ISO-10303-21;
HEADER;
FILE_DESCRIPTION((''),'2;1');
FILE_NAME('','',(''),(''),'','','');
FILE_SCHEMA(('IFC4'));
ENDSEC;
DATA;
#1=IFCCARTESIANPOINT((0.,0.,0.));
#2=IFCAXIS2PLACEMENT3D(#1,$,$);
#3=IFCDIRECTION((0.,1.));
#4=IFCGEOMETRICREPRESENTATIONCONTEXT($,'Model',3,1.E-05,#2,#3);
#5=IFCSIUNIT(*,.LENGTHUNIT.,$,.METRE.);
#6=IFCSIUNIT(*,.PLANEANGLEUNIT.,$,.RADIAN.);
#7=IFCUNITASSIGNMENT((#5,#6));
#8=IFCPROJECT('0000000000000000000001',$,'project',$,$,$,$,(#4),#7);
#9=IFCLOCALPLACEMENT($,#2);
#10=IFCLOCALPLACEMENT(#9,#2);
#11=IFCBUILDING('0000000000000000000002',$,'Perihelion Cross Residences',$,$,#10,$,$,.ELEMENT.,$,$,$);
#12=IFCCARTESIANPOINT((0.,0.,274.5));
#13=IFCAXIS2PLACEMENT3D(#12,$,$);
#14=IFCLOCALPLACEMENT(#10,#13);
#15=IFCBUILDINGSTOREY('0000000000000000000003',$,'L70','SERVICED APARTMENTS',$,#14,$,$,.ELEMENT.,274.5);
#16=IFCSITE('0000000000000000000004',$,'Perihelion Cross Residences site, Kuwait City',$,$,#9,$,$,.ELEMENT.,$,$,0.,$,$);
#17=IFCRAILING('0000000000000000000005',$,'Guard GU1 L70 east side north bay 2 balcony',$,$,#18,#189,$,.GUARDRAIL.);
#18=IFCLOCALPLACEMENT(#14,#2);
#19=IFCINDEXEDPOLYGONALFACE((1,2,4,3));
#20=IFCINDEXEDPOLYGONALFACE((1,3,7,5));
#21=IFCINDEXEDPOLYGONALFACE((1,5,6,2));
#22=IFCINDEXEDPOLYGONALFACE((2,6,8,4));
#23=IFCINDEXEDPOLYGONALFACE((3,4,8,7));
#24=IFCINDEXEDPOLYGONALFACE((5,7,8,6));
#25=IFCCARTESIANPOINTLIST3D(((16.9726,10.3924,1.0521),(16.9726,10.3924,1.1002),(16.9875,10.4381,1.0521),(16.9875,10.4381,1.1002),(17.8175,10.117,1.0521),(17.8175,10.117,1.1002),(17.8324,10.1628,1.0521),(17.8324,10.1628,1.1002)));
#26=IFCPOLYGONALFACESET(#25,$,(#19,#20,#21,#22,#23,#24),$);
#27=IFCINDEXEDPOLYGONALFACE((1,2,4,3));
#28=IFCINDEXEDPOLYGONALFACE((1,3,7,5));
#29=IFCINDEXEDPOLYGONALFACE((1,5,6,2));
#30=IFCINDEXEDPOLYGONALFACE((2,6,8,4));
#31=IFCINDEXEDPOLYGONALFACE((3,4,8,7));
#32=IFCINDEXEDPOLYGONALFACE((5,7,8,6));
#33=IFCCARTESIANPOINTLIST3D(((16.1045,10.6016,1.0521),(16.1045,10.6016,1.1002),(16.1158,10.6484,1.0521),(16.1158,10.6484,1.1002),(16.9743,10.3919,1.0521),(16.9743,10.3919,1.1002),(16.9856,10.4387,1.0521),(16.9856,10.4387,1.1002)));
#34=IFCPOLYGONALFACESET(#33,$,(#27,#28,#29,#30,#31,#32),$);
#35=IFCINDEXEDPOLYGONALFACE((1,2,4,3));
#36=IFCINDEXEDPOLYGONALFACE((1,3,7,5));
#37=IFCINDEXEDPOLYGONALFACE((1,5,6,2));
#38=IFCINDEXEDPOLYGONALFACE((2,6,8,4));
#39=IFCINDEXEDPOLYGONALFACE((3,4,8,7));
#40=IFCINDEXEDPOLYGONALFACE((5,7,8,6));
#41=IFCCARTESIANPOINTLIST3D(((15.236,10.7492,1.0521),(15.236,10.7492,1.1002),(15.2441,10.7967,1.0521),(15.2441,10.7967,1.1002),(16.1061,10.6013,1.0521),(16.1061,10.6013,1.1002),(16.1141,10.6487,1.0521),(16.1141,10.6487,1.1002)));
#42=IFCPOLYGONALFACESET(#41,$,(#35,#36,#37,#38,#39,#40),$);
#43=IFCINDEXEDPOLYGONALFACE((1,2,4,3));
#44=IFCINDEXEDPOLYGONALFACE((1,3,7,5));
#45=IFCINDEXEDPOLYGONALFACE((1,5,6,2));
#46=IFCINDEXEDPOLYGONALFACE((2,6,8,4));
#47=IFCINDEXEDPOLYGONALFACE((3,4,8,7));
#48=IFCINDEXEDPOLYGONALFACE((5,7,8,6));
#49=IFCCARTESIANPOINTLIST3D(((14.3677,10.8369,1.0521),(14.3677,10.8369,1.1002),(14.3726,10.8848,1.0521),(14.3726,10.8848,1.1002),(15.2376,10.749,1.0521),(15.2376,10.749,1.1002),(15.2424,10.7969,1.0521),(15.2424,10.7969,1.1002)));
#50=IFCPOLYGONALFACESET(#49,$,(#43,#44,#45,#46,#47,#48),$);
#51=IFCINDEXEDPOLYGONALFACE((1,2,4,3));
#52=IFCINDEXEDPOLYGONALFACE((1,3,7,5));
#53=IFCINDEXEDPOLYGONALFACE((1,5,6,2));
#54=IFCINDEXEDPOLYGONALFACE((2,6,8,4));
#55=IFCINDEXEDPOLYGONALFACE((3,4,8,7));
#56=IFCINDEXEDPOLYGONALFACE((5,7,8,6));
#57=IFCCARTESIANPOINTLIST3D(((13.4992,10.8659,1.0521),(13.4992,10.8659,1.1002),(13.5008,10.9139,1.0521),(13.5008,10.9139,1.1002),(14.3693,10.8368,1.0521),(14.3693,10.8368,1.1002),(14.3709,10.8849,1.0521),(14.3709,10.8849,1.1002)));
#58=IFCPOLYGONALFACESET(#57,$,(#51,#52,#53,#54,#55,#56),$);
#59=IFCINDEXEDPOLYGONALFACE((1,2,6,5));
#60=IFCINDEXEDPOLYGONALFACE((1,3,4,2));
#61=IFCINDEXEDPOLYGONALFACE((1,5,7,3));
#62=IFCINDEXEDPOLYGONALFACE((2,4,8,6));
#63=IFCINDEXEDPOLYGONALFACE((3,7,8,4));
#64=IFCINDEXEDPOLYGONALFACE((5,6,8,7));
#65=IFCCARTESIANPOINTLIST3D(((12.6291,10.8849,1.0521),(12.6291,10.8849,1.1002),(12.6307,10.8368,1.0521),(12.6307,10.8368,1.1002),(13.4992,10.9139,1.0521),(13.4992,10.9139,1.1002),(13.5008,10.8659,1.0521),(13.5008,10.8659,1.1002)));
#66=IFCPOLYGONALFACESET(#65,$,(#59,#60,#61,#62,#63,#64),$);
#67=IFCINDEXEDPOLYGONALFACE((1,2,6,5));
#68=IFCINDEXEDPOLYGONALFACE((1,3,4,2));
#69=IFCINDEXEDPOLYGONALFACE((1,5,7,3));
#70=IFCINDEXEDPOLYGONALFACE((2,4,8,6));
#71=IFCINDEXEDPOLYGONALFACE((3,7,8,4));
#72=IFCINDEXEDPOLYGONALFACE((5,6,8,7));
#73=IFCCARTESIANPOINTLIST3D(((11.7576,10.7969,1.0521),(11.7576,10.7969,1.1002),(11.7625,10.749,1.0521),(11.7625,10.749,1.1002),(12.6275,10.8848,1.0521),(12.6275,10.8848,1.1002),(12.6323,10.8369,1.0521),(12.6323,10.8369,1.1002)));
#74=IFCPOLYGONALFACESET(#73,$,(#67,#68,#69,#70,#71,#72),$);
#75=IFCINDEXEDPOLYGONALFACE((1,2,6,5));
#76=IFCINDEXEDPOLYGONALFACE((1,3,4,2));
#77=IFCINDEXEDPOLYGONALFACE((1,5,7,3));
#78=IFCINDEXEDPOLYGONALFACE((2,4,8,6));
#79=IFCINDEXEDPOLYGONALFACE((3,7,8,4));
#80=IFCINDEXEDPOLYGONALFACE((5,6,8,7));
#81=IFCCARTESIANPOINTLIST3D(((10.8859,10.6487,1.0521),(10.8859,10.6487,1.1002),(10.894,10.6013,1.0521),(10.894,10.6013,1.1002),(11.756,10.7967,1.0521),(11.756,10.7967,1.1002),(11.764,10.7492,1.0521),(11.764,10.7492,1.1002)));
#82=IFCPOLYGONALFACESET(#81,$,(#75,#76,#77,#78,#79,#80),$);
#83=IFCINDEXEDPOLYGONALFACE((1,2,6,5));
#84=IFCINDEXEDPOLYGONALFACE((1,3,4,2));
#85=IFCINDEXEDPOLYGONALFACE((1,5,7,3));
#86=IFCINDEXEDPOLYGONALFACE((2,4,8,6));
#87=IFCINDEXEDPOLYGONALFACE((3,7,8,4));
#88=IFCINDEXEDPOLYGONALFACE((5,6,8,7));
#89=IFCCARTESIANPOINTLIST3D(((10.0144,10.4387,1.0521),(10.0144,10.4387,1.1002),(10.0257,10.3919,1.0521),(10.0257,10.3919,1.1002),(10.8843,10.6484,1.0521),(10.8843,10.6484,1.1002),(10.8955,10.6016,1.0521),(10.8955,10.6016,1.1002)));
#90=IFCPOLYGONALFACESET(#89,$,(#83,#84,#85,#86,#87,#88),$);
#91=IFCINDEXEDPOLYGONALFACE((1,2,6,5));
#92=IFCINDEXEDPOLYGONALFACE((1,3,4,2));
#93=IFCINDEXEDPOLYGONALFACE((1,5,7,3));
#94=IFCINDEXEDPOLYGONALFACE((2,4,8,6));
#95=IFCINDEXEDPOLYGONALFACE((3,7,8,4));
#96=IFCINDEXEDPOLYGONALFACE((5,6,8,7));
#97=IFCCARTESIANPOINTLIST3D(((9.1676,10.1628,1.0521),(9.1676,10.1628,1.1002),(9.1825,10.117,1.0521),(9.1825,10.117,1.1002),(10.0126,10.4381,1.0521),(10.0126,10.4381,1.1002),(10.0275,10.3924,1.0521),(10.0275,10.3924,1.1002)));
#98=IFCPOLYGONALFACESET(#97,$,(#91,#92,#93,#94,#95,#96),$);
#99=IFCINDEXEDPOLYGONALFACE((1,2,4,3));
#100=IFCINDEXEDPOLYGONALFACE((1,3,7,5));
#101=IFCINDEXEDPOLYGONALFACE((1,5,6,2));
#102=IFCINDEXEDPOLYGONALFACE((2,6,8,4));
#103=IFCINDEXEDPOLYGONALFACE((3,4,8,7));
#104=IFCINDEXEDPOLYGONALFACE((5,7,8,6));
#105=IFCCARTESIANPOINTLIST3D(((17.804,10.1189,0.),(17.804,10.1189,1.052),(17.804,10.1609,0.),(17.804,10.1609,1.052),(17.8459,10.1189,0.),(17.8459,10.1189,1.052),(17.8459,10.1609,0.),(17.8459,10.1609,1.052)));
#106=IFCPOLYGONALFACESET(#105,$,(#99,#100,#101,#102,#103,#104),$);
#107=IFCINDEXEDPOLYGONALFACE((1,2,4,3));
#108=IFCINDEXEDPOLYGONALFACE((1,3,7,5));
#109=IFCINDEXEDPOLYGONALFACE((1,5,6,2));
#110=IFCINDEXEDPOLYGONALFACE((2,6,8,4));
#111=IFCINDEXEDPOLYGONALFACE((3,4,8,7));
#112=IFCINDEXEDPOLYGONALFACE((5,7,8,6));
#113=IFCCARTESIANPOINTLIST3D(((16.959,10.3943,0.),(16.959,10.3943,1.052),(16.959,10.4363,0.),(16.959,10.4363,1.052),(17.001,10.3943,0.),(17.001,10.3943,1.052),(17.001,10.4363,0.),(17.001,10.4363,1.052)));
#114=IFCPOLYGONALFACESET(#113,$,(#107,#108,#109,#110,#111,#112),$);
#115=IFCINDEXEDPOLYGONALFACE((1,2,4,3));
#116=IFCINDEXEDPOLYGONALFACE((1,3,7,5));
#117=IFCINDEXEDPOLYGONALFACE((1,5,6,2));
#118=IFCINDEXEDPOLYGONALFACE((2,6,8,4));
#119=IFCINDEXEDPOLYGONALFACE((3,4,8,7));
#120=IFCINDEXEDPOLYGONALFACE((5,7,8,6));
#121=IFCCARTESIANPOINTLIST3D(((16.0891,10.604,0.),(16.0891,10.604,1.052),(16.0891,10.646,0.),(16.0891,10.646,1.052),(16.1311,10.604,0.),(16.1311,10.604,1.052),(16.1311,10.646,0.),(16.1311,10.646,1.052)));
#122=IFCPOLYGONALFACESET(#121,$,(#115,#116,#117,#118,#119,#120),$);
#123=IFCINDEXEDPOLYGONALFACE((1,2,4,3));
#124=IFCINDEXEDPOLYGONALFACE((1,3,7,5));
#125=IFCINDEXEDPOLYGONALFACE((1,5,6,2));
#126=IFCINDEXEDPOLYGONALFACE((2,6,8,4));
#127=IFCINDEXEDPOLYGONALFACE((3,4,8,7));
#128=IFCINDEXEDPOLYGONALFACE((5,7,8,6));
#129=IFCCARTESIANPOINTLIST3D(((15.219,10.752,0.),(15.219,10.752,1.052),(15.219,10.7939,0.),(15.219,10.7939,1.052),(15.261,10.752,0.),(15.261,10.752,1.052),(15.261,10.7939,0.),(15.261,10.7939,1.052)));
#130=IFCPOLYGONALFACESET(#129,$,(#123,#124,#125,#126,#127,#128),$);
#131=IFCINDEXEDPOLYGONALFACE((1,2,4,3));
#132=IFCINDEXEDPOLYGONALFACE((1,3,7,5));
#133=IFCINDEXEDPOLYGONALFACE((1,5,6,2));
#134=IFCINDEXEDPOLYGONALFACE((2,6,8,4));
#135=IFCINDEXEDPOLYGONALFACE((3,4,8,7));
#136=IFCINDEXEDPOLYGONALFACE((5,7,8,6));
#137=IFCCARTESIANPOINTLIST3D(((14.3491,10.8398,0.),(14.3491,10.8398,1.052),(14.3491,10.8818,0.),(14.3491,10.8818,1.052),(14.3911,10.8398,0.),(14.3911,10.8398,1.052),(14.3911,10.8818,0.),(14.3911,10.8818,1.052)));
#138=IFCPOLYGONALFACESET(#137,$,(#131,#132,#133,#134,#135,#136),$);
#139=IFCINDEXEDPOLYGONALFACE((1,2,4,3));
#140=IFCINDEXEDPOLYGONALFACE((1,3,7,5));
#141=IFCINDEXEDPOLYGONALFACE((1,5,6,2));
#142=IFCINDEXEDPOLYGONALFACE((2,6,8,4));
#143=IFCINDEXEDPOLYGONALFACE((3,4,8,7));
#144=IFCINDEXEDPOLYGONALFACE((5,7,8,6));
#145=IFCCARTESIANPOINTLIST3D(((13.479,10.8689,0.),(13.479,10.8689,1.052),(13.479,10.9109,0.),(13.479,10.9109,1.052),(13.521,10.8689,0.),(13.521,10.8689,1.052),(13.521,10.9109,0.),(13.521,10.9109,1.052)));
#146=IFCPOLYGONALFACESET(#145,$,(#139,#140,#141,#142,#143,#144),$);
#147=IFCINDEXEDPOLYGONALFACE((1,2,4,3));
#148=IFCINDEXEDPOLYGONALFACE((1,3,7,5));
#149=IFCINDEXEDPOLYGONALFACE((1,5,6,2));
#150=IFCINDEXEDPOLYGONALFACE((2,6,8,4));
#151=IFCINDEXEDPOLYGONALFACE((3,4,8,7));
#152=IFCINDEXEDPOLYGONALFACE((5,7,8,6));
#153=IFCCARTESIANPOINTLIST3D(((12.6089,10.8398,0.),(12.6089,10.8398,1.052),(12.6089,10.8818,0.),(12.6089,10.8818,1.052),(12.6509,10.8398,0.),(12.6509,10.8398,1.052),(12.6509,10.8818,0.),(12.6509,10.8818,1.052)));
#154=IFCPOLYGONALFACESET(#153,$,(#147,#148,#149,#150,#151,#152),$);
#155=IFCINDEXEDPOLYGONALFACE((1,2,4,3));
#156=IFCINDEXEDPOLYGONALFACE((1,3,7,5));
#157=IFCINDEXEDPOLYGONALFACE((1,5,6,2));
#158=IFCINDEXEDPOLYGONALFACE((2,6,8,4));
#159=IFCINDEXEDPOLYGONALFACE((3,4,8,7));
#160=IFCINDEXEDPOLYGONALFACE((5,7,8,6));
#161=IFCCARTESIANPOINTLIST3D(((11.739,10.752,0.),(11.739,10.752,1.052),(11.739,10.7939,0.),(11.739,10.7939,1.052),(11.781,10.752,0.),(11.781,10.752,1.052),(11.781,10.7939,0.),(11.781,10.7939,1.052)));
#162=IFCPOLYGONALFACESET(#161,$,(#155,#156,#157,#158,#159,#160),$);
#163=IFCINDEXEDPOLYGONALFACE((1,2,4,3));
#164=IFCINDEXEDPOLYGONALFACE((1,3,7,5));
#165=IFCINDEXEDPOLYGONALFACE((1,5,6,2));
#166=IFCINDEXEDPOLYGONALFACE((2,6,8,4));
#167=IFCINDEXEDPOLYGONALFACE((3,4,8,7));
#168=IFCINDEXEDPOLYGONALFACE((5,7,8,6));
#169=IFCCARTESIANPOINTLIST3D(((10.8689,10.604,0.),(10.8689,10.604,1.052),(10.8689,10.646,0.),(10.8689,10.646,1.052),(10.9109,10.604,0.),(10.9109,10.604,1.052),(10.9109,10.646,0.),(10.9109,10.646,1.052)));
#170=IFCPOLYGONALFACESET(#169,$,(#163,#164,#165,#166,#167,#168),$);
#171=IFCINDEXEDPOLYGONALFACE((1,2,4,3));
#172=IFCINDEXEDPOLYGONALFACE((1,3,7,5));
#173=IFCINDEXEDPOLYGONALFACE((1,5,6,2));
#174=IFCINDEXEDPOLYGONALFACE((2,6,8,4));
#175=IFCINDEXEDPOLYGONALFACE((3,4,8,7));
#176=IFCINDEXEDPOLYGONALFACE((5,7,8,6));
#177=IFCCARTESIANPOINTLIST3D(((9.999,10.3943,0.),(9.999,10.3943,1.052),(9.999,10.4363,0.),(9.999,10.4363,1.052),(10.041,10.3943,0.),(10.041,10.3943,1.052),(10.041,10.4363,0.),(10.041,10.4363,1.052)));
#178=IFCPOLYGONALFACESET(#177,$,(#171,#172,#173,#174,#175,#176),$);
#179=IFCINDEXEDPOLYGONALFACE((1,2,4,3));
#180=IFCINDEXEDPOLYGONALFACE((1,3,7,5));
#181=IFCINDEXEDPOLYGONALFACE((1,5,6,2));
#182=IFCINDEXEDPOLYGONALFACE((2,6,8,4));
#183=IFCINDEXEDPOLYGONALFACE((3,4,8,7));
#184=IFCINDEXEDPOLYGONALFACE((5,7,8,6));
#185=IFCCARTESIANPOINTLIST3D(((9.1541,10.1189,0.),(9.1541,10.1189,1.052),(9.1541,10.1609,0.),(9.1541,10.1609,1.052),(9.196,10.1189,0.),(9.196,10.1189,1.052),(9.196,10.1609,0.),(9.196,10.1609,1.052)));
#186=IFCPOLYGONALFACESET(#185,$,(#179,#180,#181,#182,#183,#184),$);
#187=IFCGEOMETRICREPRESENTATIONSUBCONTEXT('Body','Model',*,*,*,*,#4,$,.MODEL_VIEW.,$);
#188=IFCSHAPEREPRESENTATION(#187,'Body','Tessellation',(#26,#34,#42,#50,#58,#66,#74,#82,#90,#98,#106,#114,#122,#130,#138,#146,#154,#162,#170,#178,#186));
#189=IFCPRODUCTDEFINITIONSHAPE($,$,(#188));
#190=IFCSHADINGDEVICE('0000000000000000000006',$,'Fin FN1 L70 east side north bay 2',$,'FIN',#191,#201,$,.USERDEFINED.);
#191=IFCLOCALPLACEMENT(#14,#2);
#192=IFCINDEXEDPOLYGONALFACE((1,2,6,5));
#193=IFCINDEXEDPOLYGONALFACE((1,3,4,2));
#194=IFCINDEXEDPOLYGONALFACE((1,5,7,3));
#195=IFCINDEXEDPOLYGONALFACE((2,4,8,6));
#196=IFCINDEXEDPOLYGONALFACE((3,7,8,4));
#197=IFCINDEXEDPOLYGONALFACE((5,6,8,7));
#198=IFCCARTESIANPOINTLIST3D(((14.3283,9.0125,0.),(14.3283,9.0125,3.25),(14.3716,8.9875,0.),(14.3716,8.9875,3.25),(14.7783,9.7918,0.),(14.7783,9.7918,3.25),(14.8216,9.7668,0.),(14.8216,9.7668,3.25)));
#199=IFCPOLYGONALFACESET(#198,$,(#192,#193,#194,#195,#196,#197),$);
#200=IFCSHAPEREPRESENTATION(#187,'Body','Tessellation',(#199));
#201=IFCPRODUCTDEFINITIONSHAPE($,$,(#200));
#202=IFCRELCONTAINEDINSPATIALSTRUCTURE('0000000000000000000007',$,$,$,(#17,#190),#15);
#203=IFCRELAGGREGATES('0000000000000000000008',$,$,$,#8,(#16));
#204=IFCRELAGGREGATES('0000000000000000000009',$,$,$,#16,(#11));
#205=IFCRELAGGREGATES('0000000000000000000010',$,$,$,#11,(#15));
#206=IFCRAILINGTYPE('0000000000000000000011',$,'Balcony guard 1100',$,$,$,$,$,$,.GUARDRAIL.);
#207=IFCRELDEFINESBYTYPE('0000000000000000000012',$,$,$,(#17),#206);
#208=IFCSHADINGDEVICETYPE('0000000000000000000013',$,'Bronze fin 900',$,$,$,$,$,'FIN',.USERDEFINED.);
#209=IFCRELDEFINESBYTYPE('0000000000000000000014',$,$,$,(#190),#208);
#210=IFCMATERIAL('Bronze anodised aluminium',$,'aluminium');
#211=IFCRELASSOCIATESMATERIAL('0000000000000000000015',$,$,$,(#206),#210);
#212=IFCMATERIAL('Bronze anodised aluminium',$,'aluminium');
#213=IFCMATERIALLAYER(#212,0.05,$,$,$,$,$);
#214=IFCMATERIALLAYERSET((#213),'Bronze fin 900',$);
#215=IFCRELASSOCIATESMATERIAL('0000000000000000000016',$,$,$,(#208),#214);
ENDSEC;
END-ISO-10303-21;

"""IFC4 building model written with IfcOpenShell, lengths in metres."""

from ifc_helpers import new_model, si_unit, direction, frame, origin, origin_2d, place, context, subcontext, project, spatial, rectangle, extrude, material, layer, layer_set, type_object, element, save


model = new_model("IFC4")

# Units and contexts
model_context = context("Model", 3, precision=1e-05, world=origin(), true_north=direction((0.0, 1.0)))
body_context = subcontext(model_context, "Body", "Model", "MODEL_VIEW")
ifc_project = project(units=[si_unit("LENGTHUNIT", "METRE"), si_unit("PLANEANGLEUNIT", "RADIAN")], contexts=[model_context])

# Site, building, storey
site_placement = place(None, origin())
site = spatial("IfcSite", under=ifc_project, at=site_placement, Name="Perihelion Cross Residences site, Kuwait City", CompositionType="ELEMENT", RefElevation=0.0)
building_placement = place(site_placement, origin())
building = spatial("IfcBuilding", under=site, at=building_placement, Name="Perihelion Cross Residences", CompositionType="ELEMENT")
storey_placement = place(building_placement, frame((0.0, 0.0, 274.5)))
storey = spatial("IfcBuildingStorey", under=building, at=storey_placement, Name="L70", Description="SERVICED APARTMENTS", CompositionType="ELEMENT", Elevation=274.5)

# Railing
ifc_material_1 = material(Name="Bronze anodised aluminium", Category="aluminium")
railing_type = type_object("IfcRailingType", Name="Balcony guard 1100", PredefinedType="GUARDRAIL", material=ifc_material_1)
railing_placement = place(storey_placement, frame((17.825, 10.1399, 0.0)))
element("IfcRailing", 1, at=railing_placement, inside=storey, type_object=railing_type, Name="Guard GU1 L70 east side north bay 2 balcony", PredefinedType="GUARDRAIL", context=body_context, shape_type="SweptSolid", body=[
    extrude(rectangle(XDim=0.0481, YDim=0.0481, at=origin_2d()), frame((0.0, 0.0, 1.0762), z_axis=(-0.950777, 0.309875, 0.0), x_axis=(-0.309875, -0.950777, 0.0)), (0.0, 0.0, 1.0), 0.8887),
    extrude(rectangle(XDim=0.0481, YDim=0.0481, at=origin_2d()), frame((-0.845, 0.2754, 1.0762), z_axis=(-0.972147, 0.234374, 0.0), x_axis=(-0.234374, -0.972147, 0.0)), (0.0, 0.0, 1.0), 0.8948),
    extrude(rectangle(XDim=0.0481, YDim=0.0481, at=origin_2d()), frame((-1.7148, 0.4851, 1.0762), z_axis=(-0.98585, 0.167628, 0.0), x_axis=(-0.167628, -0.98585, 0.0)), (0.0, 0.0, 1.0), 0.8826),
    extrude(rectangle(XDim=0.0481, YDim=0.0481, at=origin_2d()), frame((-2.585, 0.6331, 1.0762), z_axis=(-0.994934, 0.100527, 0.0), x_axis=(-0.100527, -0.994934, 0.0)), (0.0, 0.0, 1.0), 0.8743),
    extrude(rectangle(XDim=0.0481, YDim=0.0481, at=origin_2d()), frame((-3.4548, 0.7209, 1.0762), z_axis=(-0.999443, 0.033371, 0.0), x_axis=(-0.033371, -0.999443, 0.0)), (0.0, 0.0, 1.0), 0.8706),
    extrude(rectangle(XDim=0.0481, YDim=0.0481, at=origin_2d()), frame((-4.325, 0.75, 1.0762), z_axis=(-0.999443, -0.033371, 0.0), x_axis=(0.033371, -0.999443, 0.0)), (0.0, 0.0, 1.0), 0.8706),
    extrude(rectangle(XDim=0.0481, YDim=0.0481, at=origin_2d()), frame((-5.1951, 0.7209, 1.0762), z_axis=(-0.994934, -0.100527, 0.0), x_axis=(0.100527, -0.994934, 0.0)), (0.0, 0.0, 1.0), 0.8743),
    extrude(rectangle(XDim=0.0481, YDim=0.0481, at=origin_2d()), frame((-6.0649, 0.6331, 1.0762), z_axis=(-0.98585, -0.167628, 0.0), x_axis=(0.167628, -0.98585, 0.0)), (0.0, 0.0, 1.0), 0.8826),
    extrude(rectangle(XDim=0.0481, YDim=0.0481, at=origin_2d()), frame((-6.9351, 0.4851, 1.0762), z_axis=(-0.972147, -0.234374, 0.0), x_axis=(0.234374, -0.972147, 0.0)), (0.0, 0.0, 1.0), 0.8948),
    extrude(rectangle(XDim=0.0481, YDim=0.0481, at=origin_2d()), frame((-7.8049, 0.2754, 1.0762), z_axis=(-0.950777, -0.309875, 0.0), x_axis=(0.309875, -0.950777, 0.0)), (0.0, 0.0, 1.0), 0.8887),
    extrude(rectangle(XDim=0.042, YDim=0.042, at=origin_2d()), origin(), (0.0, 0.0, 1.0), 1.052),
    extrude(rectangle(XDim=0.042, YDim=0.042, at=origin_2d()), frame((-0.845, 0.2754, 0.0)), (0.0, 0.0, 1.0), 1.052),
    extrude(rectangle(XDim=0.042, YDim=0.042, at=origin_2d()), frame((-1.7148, 0.4851, 0.0)), (0.0, 0.0, 1.0), 1.052),
    extrude(rectangle(XDim=0.042, YDim=0.042, at=origin_2d()), frame((-2.585, 0.6331, 0.0)), (0.0, 0.0, 1.0), 1.052),
    extrude(rectangle(XDim=0.042, YDim=0.042, at=origin_2d()), frame((-3.4548, 0.7209, 0.0)), (0.0, 0.0, 1.0), 1.052),
    extrude(rectangle(XDim=0.042, YDim=0.042, at=origin_2d()), frame((-4.325, 0.75, 0.0)), (0.0, 0.0, 1.0), 1.052),
    extrude(rectangle(XDim=0.042, YDim=0.042, at=origin_2d()), frame((-5.1951, 0.7209, 0.0)), (0.0, 0.0, 1.0), 1.052),
    extrude(rectangle(XDim=0.042, YDim=0.042, at=origin_2d()), frame((-6.0649, 0.6331, 0.0)), (0.0, 0.0, 1.0), 1.052),
    extrude(rectangle(XDim=0.042, YDim=0.042, at=origin_2d()), frame((-6.9351, 0.4851, 0.0)), (0.0, 0.0, 1.0), 1.052),
    extrude(rectangle(XDim=0.042, YDim=0.042, at=origin_2d()), frame((-7.8049, 0.2754, 0.0)), (0.0, 0.0, 1.0), 1.052),
    extrude(rectangle(XDim=0.042, YDim=0.042, at=origin_2d()), frame((-8.6499, 0.0, 0.0)), (0.0, 0.0, 1.0), 1.052),
])

# Shading device
ifc_material_2 = material(Name="Bronze anodised aluminium", Category="aluminium")
ifc_layer_1 = layer(ifc_material_2, 0.05)
ifc_layer_set_1 = layer_set([ifc_layer_1], Name="Bronze fin 900")
shading_device_type = type_object("IfcShadingDeviceType", Name="Bronze fin 900", ElementType="FIN", PredefinedType="USERDEFINED", material=ifc_layer_set_1)
shading_device_placement = place(storey_placement, frame((14.575, 9.3896, 0.0), z_axis=(0.0, 0.0, 1.0), x_axis=(0.5, 0.866025, 0.0)))
element("IfcShadingDevice", 2, at=shading_device_placement, inside=storey, type_object=shading_device_type, Name="Fin FN1 L70 east side north bay 2", ObjectType="FIN", PredefinedType="USERDEFINED", context=body_context, shape_type="SweptSolid", body=[
    extrude(rectangle(XDim=0.8999, YDim=0.05, at=origin_2d()), origin(), (0.0, 0.0, 1.0), 3.25),
])

save(model, "model.ifc")
